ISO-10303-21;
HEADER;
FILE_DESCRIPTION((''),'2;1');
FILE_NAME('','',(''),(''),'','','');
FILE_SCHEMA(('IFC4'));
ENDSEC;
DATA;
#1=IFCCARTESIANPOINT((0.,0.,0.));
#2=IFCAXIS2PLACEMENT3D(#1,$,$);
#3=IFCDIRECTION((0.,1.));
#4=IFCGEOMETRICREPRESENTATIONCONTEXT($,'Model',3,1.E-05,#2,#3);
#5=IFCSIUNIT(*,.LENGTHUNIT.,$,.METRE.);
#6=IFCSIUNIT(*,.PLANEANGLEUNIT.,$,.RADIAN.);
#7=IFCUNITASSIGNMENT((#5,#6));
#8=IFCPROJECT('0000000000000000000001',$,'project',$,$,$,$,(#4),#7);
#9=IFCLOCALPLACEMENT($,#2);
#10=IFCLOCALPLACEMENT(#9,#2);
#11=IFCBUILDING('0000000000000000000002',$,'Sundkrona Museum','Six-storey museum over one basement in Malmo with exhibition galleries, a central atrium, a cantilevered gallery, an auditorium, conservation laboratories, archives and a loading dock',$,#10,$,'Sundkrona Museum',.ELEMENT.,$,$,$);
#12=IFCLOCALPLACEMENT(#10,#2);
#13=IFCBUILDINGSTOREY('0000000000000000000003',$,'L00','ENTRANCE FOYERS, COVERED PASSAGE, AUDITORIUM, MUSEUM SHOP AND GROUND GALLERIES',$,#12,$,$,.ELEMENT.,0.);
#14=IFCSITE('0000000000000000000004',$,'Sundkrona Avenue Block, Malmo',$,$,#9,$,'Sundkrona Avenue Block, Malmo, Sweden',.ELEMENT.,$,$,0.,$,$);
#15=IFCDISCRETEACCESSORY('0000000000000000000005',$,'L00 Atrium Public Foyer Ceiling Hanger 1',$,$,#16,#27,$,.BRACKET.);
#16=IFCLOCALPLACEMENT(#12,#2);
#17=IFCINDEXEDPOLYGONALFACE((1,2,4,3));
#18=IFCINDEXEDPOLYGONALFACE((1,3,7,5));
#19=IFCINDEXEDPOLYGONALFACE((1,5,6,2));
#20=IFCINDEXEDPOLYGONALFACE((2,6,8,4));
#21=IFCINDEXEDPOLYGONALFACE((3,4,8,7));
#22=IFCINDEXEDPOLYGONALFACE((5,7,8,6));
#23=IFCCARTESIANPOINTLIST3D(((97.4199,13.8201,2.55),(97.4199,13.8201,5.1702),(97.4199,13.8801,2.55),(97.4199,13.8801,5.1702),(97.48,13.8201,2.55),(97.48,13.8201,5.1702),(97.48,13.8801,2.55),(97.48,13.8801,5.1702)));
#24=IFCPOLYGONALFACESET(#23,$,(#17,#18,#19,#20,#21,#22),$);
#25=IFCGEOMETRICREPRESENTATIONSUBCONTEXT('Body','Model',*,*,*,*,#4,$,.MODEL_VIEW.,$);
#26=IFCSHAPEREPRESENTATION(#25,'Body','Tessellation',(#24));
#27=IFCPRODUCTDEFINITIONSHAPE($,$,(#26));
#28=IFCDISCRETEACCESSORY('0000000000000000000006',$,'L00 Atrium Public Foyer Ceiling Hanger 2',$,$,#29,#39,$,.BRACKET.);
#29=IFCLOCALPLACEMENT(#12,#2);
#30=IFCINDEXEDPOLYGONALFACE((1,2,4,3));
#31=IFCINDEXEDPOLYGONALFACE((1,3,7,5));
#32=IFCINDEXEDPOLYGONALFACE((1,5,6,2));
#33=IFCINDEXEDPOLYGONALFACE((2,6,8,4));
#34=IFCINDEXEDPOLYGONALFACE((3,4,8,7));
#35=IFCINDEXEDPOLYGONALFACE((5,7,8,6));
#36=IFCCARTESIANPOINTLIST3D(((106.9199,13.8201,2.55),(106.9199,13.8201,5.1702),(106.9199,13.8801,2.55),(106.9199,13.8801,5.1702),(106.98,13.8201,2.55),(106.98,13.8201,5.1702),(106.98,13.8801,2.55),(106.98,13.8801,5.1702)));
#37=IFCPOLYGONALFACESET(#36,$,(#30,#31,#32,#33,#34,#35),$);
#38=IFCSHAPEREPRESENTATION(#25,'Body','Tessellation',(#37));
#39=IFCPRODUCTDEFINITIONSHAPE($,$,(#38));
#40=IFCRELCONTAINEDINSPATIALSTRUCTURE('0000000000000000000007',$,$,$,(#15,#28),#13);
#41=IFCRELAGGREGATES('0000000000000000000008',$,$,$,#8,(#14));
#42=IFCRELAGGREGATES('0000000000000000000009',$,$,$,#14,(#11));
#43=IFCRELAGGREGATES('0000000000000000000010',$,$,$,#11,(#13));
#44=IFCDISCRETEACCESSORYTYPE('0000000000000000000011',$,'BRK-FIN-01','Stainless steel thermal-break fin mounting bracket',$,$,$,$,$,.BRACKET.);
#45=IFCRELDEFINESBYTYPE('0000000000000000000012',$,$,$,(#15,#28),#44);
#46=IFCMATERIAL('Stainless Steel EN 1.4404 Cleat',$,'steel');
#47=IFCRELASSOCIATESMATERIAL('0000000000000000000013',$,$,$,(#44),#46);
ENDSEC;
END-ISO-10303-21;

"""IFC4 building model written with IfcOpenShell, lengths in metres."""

from ifc_helpers import new_model, si_unit, direction, frame, origin, origin_2d, place, context, subcontext, project, spatial, rectangle, extrude, material, type_object, element, save


model = new_model("IFC4")

# Units and contexts
model_context = context("Model", 3, precision=1e-05, world=origin(), true_north=direction((0.0, 1.0)))
body_context = subcontext(model_context, "Body", "Model", "MODEL_VIEW")
ifc_project = project(units=[si_unit("LENGTHUNIT", "METRE"), si_unit("PLANEANGLEUNIT", "RADIAN")], contexts=[model_context])

# Site, building, storey
site_placement = place(None, origin())
site = spatial("IfcSite", under=ifc_project, at=site_placement, Name="Sundkrona Avenue Block, Malmo", LongName="Sundkrona Avenue Block, Malmo, Sweden", CompositionType="ELEMENT", RefElevation=0.0)
building_placement = place(site_placement, origin())
building = spatial("IfcBuilding", under=site, at=building_placement, Name="Sundkrona Museum", Description="Six-storey museum over one basement in Malmo with exhibition galleries, a central atrium, a cantilevered gallery, an auditorium, conservation laboratories, archives and a loading dock", LongName="Sundkrona Museum", CompositionType="ELEMENT")
storey_placement = place(building_placement, origin())
storey = spatial("IfcBuildingStorey", under=building, at=storey_placement, Name="L00", Description="ENTRANCE FOYERS, COVERED PASSAGE, AUDITORIUM, MUSEUM SHOP AND GROUND GALLERIES", CompositionType="ELEMENT", Elevation=0.0)

# Discrete accessories
ifc_material_1 = material(Name="Stainless Steel EN 1.4404 Cleat", Category="steel")
discrete_accessory_type = type_object("IfcDiscreteAccessoryType", Name="BRK-FIN-01", Description="Stainless steel thermal-break fin mounting bracket", PredefinedType="BRACKET", material=ifc_material_1)
for number, where, z_axis, x_axis, name in (
    (1, (97.45, 13.8501, 2.55), (0.0, 0.0, 1.0), (1.0, 0.0, 0.0), "L00 Atrium Public Foyer Ceiling Hanger 1"),
    (2, (106.95, 13.8501, 2.55), (0.0, 0.0, 1.0), (1.0, 0.0, 0.0), "L00 Atrium Public Foyer Ceiling Hanger 2"),
):
    element("IfcDiscreteAccessory", number, at=place(storey_placement, frame(where, z_axis=z_axis, x_axis=x_axis)), inside=storey, type_object=discrete_accessory_type, Name=name, PredefinedType="BRACKET", context=body_context, shape_type="SweptSolid", body=[
        extrude(rectangle(XDim=0.0601, YDim=0.0601, at=origin_2d()), origin(), (0.0, 0.0, 1.0), 2.6201),
    ])

save(model, "model.ifc")
